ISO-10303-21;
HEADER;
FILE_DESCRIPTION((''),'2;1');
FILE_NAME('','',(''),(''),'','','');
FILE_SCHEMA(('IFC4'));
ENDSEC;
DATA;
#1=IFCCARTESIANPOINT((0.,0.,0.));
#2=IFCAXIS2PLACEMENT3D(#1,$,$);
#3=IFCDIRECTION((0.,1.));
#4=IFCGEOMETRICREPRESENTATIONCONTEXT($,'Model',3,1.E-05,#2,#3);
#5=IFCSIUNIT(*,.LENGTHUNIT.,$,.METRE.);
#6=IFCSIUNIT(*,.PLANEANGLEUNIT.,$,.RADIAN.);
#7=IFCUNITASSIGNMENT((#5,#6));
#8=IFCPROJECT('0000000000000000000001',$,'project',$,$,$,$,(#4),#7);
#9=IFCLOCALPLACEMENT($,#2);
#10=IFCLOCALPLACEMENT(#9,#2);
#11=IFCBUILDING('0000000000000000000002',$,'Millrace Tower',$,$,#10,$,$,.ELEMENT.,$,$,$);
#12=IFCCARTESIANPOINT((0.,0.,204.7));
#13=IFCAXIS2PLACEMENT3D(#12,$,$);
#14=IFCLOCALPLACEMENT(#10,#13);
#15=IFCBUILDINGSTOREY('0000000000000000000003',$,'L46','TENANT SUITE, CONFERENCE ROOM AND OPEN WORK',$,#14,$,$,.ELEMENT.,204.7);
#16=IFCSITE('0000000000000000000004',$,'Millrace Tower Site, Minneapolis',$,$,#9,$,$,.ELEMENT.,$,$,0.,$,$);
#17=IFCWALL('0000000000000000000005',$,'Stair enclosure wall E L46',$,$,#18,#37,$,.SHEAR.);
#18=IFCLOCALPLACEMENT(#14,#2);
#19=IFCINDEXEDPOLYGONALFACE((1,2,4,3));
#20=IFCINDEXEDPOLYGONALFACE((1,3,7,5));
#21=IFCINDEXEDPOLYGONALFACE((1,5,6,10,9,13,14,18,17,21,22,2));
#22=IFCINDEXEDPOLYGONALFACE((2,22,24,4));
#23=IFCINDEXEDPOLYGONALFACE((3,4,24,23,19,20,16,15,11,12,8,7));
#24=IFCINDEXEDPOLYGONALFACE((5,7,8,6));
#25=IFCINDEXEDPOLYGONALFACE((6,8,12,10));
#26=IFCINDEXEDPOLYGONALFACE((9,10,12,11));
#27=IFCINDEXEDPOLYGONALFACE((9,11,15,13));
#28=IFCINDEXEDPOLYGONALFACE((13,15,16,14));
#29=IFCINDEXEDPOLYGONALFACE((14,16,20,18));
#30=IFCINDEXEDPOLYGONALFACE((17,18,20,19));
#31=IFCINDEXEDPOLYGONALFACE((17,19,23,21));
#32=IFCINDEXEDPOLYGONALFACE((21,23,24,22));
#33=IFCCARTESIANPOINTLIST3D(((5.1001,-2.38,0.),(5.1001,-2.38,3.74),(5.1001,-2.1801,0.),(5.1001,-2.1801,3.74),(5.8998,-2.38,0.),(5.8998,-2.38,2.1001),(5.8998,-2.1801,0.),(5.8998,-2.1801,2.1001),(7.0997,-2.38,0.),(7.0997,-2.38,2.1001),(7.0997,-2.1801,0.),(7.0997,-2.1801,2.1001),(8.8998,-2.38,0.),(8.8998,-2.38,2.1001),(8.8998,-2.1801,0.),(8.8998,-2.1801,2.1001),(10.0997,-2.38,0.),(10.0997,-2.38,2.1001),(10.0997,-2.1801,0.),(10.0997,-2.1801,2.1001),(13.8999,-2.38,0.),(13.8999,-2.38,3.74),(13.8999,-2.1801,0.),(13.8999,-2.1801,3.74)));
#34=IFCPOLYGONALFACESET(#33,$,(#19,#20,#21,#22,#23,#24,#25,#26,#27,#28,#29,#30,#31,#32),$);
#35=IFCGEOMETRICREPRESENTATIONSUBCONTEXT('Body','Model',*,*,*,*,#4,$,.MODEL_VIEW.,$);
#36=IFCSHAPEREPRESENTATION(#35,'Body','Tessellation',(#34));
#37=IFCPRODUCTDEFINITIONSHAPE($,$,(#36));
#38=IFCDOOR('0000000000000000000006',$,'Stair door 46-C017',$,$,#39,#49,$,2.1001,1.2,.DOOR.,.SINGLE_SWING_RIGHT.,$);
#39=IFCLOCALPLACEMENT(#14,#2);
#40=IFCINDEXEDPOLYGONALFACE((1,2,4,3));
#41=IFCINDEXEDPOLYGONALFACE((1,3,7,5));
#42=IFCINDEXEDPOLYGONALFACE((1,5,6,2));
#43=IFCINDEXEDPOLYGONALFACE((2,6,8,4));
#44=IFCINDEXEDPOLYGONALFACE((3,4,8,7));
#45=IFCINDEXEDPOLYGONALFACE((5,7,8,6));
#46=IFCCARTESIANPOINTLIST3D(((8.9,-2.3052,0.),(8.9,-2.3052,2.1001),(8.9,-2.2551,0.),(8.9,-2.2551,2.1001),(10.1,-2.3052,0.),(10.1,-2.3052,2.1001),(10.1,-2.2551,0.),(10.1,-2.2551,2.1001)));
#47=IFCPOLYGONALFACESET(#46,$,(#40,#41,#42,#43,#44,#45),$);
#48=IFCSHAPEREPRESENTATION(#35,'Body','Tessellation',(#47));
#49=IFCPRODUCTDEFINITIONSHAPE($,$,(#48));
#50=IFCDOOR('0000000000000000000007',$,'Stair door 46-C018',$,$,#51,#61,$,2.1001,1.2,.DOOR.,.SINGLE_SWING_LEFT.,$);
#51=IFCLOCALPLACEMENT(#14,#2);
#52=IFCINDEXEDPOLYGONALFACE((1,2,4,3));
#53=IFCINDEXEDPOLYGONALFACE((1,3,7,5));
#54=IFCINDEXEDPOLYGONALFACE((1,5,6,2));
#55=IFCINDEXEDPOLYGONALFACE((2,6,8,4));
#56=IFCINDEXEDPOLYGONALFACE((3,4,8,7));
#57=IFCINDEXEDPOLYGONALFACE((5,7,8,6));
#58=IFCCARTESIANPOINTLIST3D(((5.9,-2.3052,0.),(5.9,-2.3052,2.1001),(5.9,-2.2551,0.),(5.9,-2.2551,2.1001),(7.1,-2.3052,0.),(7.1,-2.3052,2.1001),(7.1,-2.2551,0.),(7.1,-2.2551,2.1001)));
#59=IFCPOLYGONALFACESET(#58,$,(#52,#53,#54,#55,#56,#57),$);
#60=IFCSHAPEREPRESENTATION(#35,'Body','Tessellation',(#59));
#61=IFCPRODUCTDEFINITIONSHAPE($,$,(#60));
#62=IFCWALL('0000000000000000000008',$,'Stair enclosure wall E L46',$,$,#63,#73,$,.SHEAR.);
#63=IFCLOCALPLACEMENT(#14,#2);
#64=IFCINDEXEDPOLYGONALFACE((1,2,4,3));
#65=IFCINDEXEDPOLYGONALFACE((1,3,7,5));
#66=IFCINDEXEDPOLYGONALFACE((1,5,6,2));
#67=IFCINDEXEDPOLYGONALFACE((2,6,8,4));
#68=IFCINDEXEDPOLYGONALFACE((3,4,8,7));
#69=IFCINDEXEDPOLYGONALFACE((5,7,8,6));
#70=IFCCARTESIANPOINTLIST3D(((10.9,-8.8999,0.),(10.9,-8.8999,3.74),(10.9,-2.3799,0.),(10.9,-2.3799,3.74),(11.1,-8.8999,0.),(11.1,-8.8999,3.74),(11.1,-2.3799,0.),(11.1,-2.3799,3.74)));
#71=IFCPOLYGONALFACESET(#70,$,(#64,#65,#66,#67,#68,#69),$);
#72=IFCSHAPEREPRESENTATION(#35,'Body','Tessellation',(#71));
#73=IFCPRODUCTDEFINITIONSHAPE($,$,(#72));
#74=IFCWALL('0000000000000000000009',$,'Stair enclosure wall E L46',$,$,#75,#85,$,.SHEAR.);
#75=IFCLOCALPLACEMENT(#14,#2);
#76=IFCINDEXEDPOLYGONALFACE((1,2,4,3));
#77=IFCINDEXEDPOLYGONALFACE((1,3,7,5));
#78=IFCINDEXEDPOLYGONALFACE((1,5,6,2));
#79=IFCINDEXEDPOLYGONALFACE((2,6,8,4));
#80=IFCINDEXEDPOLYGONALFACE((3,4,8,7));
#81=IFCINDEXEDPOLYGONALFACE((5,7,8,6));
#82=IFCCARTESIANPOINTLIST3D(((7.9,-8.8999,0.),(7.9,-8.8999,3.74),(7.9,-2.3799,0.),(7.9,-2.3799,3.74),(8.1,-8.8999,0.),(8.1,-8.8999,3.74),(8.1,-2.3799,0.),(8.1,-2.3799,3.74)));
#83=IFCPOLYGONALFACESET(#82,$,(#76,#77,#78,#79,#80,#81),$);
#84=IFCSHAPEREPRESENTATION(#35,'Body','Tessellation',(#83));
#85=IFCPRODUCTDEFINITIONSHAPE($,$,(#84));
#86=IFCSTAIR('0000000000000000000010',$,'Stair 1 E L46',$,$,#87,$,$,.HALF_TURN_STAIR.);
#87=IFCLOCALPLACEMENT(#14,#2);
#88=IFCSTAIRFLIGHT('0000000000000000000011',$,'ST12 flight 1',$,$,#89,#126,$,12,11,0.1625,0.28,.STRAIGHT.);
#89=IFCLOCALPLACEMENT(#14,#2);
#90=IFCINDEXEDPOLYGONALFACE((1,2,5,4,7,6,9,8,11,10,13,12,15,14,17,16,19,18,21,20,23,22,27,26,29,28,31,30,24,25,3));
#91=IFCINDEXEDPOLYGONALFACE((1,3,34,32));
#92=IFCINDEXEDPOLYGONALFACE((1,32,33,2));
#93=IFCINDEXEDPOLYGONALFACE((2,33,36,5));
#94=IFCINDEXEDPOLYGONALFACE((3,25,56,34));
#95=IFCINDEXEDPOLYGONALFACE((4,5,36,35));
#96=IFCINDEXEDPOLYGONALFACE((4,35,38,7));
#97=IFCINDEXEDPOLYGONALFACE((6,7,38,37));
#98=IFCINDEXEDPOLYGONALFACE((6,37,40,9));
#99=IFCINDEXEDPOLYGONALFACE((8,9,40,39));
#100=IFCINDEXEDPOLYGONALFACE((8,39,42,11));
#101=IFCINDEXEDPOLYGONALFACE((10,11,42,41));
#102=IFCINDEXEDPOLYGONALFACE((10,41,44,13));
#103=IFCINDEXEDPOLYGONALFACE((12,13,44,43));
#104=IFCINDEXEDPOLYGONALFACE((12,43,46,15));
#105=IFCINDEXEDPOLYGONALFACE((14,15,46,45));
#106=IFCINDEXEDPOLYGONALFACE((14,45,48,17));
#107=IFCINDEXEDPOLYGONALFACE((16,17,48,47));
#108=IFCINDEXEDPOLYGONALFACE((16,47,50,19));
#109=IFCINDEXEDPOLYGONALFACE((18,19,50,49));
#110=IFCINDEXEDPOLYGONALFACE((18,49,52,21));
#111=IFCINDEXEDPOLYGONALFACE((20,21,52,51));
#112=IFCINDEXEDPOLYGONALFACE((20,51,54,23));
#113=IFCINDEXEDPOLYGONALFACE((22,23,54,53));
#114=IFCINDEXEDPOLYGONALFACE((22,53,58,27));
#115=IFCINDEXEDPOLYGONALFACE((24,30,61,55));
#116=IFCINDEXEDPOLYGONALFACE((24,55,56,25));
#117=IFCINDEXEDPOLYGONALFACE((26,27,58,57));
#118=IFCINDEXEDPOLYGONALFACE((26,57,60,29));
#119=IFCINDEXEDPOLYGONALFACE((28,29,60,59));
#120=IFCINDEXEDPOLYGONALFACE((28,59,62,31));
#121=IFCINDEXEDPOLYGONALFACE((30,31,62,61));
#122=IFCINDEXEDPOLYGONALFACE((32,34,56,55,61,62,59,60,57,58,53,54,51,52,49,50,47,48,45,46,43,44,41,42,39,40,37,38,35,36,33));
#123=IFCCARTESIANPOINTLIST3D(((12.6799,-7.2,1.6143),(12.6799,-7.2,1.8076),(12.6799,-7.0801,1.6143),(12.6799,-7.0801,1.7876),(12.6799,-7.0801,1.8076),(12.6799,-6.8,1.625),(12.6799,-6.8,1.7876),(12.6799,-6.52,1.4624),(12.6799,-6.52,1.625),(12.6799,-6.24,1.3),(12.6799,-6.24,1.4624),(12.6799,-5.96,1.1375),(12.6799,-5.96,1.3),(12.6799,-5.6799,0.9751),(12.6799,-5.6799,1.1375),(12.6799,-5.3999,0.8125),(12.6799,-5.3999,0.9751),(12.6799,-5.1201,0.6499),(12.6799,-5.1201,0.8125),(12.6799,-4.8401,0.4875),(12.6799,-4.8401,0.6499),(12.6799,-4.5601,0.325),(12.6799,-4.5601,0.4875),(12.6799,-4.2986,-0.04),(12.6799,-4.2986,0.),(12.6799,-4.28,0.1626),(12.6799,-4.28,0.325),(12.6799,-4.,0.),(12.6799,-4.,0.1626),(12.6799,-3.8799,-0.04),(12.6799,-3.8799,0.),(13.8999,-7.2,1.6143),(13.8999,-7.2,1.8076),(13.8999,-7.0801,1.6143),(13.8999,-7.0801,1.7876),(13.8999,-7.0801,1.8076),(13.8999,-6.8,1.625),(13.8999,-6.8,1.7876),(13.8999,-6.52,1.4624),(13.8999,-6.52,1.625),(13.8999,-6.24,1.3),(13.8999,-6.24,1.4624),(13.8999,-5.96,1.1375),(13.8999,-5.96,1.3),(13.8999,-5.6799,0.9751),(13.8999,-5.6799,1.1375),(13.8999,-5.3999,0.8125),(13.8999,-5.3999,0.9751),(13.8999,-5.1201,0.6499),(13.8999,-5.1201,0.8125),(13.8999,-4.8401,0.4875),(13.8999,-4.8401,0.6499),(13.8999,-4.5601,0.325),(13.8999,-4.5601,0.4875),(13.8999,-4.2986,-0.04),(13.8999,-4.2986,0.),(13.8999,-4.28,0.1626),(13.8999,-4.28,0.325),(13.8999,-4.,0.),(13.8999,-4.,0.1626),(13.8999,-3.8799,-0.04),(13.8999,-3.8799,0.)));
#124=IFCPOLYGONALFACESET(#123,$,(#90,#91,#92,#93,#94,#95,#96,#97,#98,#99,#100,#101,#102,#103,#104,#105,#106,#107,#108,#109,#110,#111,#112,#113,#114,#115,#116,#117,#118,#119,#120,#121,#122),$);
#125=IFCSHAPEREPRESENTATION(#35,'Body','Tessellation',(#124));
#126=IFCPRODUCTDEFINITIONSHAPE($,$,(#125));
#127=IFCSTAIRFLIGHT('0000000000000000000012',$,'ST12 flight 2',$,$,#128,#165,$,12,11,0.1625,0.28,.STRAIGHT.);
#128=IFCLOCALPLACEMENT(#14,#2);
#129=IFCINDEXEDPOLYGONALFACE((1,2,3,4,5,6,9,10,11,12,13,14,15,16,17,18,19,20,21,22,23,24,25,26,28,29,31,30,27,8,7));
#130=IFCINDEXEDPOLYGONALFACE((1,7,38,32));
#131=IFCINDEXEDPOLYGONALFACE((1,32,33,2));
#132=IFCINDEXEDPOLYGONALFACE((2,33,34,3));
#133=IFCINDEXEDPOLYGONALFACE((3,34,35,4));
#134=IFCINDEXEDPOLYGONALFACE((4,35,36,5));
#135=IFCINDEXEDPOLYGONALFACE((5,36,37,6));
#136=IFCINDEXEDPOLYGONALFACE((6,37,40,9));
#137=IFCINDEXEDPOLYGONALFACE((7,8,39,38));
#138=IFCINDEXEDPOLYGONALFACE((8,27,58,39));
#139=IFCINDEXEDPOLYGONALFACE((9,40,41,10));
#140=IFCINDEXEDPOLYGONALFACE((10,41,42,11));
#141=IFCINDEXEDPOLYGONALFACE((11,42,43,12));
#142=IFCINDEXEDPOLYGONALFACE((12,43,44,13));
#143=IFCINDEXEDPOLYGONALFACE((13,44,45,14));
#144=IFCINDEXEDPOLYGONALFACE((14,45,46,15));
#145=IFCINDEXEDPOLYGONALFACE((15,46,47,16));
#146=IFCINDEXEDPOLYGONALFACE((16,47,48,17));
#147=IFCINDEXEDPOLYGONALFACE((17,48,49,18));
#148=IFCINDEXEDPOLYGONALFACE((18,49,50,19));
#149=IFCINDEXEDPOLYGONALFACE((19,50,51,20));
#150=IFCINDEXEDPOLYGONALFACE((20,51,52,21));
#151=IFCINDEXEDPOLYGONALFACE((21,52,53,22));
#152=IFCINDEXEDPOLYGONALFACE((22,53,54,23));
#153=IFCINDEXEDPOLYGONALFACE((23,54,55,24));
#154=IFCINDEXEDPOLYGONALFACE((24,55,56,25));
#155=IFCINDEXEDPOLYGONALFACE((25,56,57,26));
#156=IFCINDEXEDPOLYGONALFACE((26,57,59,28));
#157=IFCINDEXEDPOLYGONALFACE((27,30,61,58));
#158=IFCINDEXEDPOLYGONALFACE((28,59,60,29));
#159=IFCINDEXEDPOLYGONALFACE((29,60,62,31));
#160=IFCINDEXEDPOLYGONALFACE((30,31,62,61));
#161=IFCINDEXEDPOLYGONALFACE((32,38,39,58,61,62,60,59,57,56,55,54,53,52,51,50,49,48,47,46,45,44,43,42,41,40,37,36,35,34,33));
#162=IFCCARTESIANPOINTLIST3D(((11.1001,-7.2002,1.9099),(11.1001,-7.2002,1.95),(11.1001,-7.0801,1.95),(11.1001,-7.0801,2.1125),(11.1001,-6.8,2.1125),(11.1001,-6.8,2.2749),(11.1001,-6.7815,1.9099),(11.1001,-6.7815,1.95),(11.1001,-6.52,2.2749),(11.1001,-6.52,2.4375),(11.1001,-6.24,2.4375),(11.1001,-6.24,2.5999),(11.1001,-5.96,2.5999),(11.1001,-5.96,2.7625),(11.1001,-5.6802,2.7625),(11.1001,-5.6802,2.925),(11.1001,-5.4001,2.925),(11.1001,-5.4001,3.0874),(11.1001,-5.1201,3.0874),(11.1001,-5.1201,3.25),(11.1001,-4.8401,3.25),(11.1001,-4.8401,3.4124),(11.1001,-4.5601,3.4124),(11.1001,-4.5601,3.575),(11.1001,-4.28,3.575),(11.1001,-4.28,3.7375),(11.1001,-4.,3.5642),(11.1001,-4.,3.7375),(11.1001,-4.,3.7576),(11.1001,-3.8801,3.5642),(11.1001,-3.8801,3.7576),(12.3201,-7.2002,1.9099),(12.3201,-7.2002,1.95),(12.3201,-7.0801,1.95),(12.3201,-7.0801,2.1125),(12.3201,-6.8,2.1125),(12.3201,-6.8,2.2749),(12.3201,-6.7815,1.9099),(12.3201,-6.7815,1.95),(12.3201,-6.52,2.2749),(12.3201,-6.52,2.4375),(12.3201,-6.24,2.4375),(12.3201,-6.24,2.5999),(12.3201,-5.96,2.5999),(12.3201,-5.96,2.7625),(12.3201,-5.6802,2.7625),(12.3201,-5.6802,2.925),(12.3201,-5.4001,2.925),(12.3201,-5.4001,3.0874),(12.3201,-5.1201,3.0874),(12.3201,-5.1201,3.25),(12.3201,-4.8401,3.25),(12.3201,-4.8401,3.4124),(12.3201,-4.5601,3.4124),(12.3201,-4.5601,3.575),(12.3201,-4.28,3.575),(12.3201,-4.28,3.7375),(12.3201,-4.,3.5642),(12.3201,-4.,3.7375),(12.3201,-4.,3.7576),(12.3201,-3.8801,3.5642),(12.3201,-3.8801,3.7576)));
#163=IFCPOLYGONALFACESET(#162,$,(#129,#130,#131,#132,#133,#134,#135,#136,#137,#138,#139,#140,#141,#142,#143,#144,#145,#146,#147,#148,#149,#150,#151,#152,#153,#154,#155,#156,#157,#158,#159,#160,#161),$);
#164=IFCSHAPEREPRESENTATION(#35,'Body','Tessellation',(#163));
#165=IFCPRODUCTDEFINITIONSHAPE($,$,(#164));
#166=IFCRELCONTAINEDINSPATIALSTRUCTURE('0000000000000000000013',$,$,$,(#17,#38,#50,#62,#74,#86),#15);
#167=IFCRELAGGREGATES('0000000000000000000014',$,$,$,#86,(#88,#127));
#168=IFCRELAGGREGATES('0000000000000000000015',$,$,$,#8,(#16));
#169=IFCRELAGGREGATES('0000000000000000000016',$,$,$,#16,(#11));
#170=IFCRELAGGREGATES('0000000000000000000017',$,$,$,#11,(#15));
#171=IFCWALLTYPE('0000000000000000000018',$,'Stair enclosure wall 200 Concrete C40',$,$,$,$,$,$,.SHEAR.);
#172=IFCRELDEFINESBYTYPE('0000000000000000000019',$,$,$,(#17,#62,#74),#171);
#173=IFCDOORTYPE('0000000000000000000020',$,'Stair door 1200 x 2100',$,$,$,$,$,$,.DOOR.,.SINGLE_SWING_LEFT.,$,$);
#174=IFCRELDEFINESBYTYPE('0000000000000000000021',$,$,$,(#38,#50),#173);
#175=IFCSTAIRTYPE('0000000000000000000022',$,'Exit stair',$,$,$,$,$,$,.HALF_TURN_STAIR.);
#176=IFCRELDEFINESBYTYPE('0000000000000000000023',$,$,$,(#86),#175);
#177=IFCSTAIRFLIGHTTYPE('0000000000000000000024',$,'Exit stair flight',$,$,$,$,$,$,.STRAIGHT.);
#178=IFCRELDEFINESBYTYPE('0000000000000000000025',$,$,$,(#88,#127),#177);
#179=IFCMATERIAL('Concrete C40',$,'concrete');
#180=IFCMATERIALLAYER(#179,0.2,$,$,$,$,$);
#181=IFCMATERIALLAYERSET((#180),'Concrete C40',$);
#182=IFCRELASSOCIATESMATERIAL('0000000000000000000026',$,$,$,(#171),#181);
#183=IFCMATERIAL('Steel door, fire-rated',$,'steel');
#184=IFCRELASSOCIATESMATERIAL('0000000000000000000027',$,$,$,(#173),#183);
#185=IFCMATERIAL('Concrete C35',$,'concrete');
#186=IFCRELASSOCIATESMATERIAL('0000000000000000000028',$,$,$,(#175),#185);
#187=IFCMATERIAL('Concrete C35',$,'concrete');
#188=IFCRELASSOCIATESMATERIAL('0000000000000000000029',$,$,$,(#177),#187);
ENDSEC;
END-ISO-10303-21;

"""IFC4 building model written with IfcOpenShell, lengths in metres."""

from ifc_helpers import new_model, si_unit, direction, frame, frame_2d, origin, place, context, subcontext, project, spatial, polyline, rectangle, outline, extrude, material, layer, layer_set, type_object, element, fill, aggregate, save


model = new_model("IFC4")

# Units and contexts
model_context = context("Model", 3, precision=1e-05, world=origin(), true_north=direction((0.0, 1.0)))
body_context = subcontext(model_context, "Body", "Model", "MODEL_VIEW")
ifc_project = project(units=[si_unit("LENGTHUNIT", "METRE"), si_unit("PLANEANGLEUNIT", "RADIAN")], contexts=[model_context])

# Site, building, storey
site_placement = place(None, origin())
site = spatial("IfcSite", under=ifc_project, at=site_placement, Name="Millrace Tower Site, Minneapolis", CompositionType="ELEMENT", RefElevation=0.0)
building_placement = place(site_placement, origin())
building = spatial("IfcBuilding", under=site, at=building_placement, Name="Millrace Tower", CompositionType="ELEMENT")
storey_placement = place(building_placement, frame((0.0, 0.0, 204.7)))
storey = spatial("IfcBuildingStorey", under=building, at=storey_placement, Name="L46", Description="TENANT SUITE, CONFERENCE ROOM AND OPEN WORK", CompositionType="ELEMENT", Elevation=204.7)

# Shared definitions
placement = place(storey_placement, origin())

# Shared definitions
ifc_material_1 = material(Name="Concrete C40", Category="concrete")
ifc_layer_1 = layer(ifc_material_1, 0.2)
ifc_layer_set_1 = layer_set([ifc_layer_1], Name="Concrete C40")
wall_type_1 = type_object("IfcWallType", Name="Stair enclosure wall 200 Concrete C40", PredefinedType="SHEAR", material=ifc_layer_set_1)

# Wall, openings, doors
wall_1_placement = place(storey_placement, frame((13.8999, -2.28, 0.0), z_axis=(0.0, 0.0, 1.0), x_axis=(-1.0, 0.0, 0.0)))
wall_1 = element("IfcWall", 1, at=wall_1_placement, inside=storey, type_object=wall_type_1, Name="Stair enclosure wall E L46", PredefinedType="SHEAR", context=body_context, shape_type="SweptSolid", body=[
    extrude(rectangle(XDim=8.7998, YDim=0.2, at=frame_2d((4.3999, 0.0))), origin(), (0.0, 0.0, 1.0), 3.74),
])
opening_1_placement = place(wall_1_placement, frame((3.8, 0.0, 0.0)))
opening_1 = element("IfcOpeningElement", 2, at=opening_1_placement, cuts=wall_1, PredefinedType="OPENING", context=body_context, shape_type="SweptSolid", body=[
    extrude(rectangle(XDim=1.2, YDim=2.1001, at=frame_2d((0.6001, 1.05))), frame((0.0, 0.1099, 0.0), z_axis=(0.0, -1.0, 0.0), x_axis=(1.0, 0.0, 0.0)), (0.0, 0.0, 1.0), 0.22),
])
opening_2_placement = place(wall_1_placement, frame((6.8, 0.0, 0.0)))
opening_2 = element("IfcOpeningElement", 3, at=opening_2_placement, cuts=wall_1, PredefinedType="OPENING", context=body_context, shape_type="SweptSolid", body=[
    extrude(rectangle(XDim=1.2, YDim=2.1001, at=frame_2d((0.6001, 1.05))), frame((0.0, 0.1099, 0.0), z_axis=(0.0, -1.0, 0.0), x_axis=(1.0, 0.0, 0.0)), (0.0, 0.0, 1.0), 0.22),
])
ifc_material_2 = material(Name="Steel door, fire-rated", Category="steel")
door_type_1 = type_object("IfcDoorType", Name="Stair door 1200 x 2100", OperationType="SINGLE_SWING_LEFT", PredefinedType="DOOR", material=ifc_material_2)
door_1_placement = place(opening_1_placement, frame((1.2, 0.0, 0.0), z_axis=(0.0, 0.0, 1.0), x_axis=(-1.0, 0.0, 0.0)))
door_1 = element("IfcDoor", 4, at=door_1_placement, inside=storey, type_object=door_type_1, Name="Stair door 46-C017", OperationType="SINGLE_SWING_RIGHT", OverallHeight=2.1001, OverallWidth=1.2, PredefinedType="DOOR", context=body_context, shape_type="SweptSolid", body=[
    extrude(rectangle(XDim=1.2, YDim=2.1001, at=frame_2d((0.6001, 1.05))), frame((0.0, 0.0249, 0.0), z_axis=(0.0, -1.0, 0.0), x_axis=(1.0, 0.0, 0.0)), (0.0, 0.0, 1.0), 0.05),
])
fill(opening_1, door_1)
door_2_placement = place(opening_2_placement, frame((1.2, 0.0, 0.0), z_axis=(0.0, 0.0, 1.0), x_axis=(-1.0, 0.0, 0.0)))
door_2 = element("IfcDoor", 5, at=door_2_placement, inside=storey, type_object=door_type_1, Name="Stair door 46-C018", OperationType="SINGLE_SWING_LEFT", OverallHeight=2.1001, OverallWidth=1.2, PredefinedType="DOOR", context=body_context, shape_type="SweptSolid", body=[
    extrude(rectangle(XDim=1.2, YDim=2.1001, at=frame_2d((0.6001, 1.05))), frame((0.0, 0.0249, 0.0), z_axis=(0.0, -1.0, 0.0), x_axis=(1.0, 0.0, 0.0)), (0.0, 0.0, 1.0), 0.05),
])
fill(opening_2, door_2)

# Walls
for number, where, z_axis, x_axis, name in (
    (6, (11.0, -2.3799, 0.0), (0.0, 0.0, 1.0), (0.0, -1.0, 0.0), "Stair enclosure wall E L46"),
    (7, (8.0, -2.3799, 0.0), (0.0, 0.0, 1.0), (0.0, -1.0, 0.0), "Stair enclosure wall E L46"),
):
    element("IfcWall", number, at=place(storey_placement, frame(where, z_axis=z_axis, x_axis=x_axis)), inside=storey, type_object=wall_type_1, Name=name, PredefinedType="SHEAR", context=body_context, shape_type="SweptSolid", body=[
        extrude(rectangle(XDim=6.52, YDim=0.2, at=frame_2d((3.26, 0.0))), origin(), (0.0, 0.0, 1.0), 3.74),
    ])

# Stair, stair flights
ifc_material_3 = material(Name="Concrete C35", Category="concrete")
stair_type = type_object("IfcStairType", Name="Exit stair", PredefinedType="HALF_TURN_STAIR", material=ifc_material_3)
stair_1 = element("IfcStair", 8, at=placement, inside=storey, type_object=stair_type, Name="Stair 1 E L46", PredefinedType="HALF_TURN_STAIR")
ifc_material_4 = material(Name="Concrete C35", Category="concrete")
stair_flight_type = type_object("IfcStairFlightType", Name="Exit stair flight", PredefinedType="STRAIGHT", material=ifc_material_4)
stair_flight_1_placement = place(storey_placement, frame((13.29, -4.0, 0.0), z_axis=(0.0, 0.0, 1.0), x_axis=(0.0, -1.0, 0.0)))
stair_flight_1 = element("IfcStairFlight", 9, at=stair_flight_1_placement, type_object=stair_flight_type, Name="ST12 flight 1", NumberOfRisers=12, NumberOfTreads=11, PredefinedType="STRAIGHT", RiserHeight=0.1625, TreadLength=0.28, context=body_context, shape_type="SweptSolid", body=[
    extrude(outline(polyline([(-0.1201, -0.04), (-0.1201, 0.0), (0.0, 0.0), (0.0, 0.1626), (0.28, 0.1626), (0.28, 0.325), (0.5601, 0.325), (0.5601, 0.4875), (0.8401, 0.4875), (0.8401, 0.6499), (1.1201, 0.6499), (1.1201, 0.8125), (1.3999, 0.8125), (1.3999, 0.9751), (1.6799, 0.9751), (1.6799, 1.1375), (1.96, 1.1375), (1.96, 1.3), (2.24, 1.3), (2.24, 1.4624), (2.52, 1.4624), (2.52, 1.625), (2.8, 1.625), (2.8, 1.7876), (3.0801, 1.7876), (3.0801, 1.8076), (3.2, 1.8076), (3.2, 1.6143), (3.0801, 1.6143), (0.2986, 0.0), (0.2986, -0.04), (-0.1201, -0.04)])), frame((0.0, 0.6099, 0.0), z_axis=(0.0, -1.0, 0.0), x_axis=(1.0, 0.0, 0.0)), (0.0, 0.0, 1.0), 1.22),
])
stair_flight_2_placement = place(storey_placement, frame((11.71, -7.0801, 1.95), z_axis=(0.0, 0.0, 1.0), x_axis=(0.0, 1.0, 0.0)))
stair_flight_2 = element("IfcStairFlight", 10, at=stair_flight_2_placement, type_object=stair_flight_type, Name="ST12 flight 2", NumberOfRisers=12, NumberOfTreads=11, PredefinedType="STRAIGHT", RiserHeight=0.1625, TreadLength=0.28, context=body_context, shape_type="SweptSolid", body=[
    extrude(outline(polyline([(-0.1201, -0.04), (-0.1201, 0.0), (0.0, 0.0), (0.0, 0.1626), (0.28, 0.1626), (0.28, 0.325), (0.5601, 0.325), (0.5601, 0.4875), (0.8401, 0.4875), (0.8401, 0.6499), (1.1201, 0.6499), (1.1201, 0.8125), (1.3999, 0.8125), (1.3999, 0.9751), (1.6799, 0.9751), (1.6799, 1.1375), (1.96, 1.1375), (1.96, 1.3), (2.24, 1.3), (2.24, 1.4624), (2.52, 1.4624), (2.52, 1.625), (2.8, 1.625), (2.8, 1.7876), (3.0801, 1.7876), (3.0801, 1.8076), (3.2, 1.8076), (3.2, 1.6143), (3.0801, 1.6143), (0.2986, 0.0), (0.2986, -0.04), (-0.1201, -0.04)])), frame((0.0, 0.6099, 0.0), z_axis=(0.0, -1.0, 0.0), x_axis=(1.0, 0.0, 0.0)), (0.0, 0.0, 1.0), 1.22),
])
aggregate(stair_1, [stair_flight_1, stair_flight_2])

save(model, "model.ifc")
